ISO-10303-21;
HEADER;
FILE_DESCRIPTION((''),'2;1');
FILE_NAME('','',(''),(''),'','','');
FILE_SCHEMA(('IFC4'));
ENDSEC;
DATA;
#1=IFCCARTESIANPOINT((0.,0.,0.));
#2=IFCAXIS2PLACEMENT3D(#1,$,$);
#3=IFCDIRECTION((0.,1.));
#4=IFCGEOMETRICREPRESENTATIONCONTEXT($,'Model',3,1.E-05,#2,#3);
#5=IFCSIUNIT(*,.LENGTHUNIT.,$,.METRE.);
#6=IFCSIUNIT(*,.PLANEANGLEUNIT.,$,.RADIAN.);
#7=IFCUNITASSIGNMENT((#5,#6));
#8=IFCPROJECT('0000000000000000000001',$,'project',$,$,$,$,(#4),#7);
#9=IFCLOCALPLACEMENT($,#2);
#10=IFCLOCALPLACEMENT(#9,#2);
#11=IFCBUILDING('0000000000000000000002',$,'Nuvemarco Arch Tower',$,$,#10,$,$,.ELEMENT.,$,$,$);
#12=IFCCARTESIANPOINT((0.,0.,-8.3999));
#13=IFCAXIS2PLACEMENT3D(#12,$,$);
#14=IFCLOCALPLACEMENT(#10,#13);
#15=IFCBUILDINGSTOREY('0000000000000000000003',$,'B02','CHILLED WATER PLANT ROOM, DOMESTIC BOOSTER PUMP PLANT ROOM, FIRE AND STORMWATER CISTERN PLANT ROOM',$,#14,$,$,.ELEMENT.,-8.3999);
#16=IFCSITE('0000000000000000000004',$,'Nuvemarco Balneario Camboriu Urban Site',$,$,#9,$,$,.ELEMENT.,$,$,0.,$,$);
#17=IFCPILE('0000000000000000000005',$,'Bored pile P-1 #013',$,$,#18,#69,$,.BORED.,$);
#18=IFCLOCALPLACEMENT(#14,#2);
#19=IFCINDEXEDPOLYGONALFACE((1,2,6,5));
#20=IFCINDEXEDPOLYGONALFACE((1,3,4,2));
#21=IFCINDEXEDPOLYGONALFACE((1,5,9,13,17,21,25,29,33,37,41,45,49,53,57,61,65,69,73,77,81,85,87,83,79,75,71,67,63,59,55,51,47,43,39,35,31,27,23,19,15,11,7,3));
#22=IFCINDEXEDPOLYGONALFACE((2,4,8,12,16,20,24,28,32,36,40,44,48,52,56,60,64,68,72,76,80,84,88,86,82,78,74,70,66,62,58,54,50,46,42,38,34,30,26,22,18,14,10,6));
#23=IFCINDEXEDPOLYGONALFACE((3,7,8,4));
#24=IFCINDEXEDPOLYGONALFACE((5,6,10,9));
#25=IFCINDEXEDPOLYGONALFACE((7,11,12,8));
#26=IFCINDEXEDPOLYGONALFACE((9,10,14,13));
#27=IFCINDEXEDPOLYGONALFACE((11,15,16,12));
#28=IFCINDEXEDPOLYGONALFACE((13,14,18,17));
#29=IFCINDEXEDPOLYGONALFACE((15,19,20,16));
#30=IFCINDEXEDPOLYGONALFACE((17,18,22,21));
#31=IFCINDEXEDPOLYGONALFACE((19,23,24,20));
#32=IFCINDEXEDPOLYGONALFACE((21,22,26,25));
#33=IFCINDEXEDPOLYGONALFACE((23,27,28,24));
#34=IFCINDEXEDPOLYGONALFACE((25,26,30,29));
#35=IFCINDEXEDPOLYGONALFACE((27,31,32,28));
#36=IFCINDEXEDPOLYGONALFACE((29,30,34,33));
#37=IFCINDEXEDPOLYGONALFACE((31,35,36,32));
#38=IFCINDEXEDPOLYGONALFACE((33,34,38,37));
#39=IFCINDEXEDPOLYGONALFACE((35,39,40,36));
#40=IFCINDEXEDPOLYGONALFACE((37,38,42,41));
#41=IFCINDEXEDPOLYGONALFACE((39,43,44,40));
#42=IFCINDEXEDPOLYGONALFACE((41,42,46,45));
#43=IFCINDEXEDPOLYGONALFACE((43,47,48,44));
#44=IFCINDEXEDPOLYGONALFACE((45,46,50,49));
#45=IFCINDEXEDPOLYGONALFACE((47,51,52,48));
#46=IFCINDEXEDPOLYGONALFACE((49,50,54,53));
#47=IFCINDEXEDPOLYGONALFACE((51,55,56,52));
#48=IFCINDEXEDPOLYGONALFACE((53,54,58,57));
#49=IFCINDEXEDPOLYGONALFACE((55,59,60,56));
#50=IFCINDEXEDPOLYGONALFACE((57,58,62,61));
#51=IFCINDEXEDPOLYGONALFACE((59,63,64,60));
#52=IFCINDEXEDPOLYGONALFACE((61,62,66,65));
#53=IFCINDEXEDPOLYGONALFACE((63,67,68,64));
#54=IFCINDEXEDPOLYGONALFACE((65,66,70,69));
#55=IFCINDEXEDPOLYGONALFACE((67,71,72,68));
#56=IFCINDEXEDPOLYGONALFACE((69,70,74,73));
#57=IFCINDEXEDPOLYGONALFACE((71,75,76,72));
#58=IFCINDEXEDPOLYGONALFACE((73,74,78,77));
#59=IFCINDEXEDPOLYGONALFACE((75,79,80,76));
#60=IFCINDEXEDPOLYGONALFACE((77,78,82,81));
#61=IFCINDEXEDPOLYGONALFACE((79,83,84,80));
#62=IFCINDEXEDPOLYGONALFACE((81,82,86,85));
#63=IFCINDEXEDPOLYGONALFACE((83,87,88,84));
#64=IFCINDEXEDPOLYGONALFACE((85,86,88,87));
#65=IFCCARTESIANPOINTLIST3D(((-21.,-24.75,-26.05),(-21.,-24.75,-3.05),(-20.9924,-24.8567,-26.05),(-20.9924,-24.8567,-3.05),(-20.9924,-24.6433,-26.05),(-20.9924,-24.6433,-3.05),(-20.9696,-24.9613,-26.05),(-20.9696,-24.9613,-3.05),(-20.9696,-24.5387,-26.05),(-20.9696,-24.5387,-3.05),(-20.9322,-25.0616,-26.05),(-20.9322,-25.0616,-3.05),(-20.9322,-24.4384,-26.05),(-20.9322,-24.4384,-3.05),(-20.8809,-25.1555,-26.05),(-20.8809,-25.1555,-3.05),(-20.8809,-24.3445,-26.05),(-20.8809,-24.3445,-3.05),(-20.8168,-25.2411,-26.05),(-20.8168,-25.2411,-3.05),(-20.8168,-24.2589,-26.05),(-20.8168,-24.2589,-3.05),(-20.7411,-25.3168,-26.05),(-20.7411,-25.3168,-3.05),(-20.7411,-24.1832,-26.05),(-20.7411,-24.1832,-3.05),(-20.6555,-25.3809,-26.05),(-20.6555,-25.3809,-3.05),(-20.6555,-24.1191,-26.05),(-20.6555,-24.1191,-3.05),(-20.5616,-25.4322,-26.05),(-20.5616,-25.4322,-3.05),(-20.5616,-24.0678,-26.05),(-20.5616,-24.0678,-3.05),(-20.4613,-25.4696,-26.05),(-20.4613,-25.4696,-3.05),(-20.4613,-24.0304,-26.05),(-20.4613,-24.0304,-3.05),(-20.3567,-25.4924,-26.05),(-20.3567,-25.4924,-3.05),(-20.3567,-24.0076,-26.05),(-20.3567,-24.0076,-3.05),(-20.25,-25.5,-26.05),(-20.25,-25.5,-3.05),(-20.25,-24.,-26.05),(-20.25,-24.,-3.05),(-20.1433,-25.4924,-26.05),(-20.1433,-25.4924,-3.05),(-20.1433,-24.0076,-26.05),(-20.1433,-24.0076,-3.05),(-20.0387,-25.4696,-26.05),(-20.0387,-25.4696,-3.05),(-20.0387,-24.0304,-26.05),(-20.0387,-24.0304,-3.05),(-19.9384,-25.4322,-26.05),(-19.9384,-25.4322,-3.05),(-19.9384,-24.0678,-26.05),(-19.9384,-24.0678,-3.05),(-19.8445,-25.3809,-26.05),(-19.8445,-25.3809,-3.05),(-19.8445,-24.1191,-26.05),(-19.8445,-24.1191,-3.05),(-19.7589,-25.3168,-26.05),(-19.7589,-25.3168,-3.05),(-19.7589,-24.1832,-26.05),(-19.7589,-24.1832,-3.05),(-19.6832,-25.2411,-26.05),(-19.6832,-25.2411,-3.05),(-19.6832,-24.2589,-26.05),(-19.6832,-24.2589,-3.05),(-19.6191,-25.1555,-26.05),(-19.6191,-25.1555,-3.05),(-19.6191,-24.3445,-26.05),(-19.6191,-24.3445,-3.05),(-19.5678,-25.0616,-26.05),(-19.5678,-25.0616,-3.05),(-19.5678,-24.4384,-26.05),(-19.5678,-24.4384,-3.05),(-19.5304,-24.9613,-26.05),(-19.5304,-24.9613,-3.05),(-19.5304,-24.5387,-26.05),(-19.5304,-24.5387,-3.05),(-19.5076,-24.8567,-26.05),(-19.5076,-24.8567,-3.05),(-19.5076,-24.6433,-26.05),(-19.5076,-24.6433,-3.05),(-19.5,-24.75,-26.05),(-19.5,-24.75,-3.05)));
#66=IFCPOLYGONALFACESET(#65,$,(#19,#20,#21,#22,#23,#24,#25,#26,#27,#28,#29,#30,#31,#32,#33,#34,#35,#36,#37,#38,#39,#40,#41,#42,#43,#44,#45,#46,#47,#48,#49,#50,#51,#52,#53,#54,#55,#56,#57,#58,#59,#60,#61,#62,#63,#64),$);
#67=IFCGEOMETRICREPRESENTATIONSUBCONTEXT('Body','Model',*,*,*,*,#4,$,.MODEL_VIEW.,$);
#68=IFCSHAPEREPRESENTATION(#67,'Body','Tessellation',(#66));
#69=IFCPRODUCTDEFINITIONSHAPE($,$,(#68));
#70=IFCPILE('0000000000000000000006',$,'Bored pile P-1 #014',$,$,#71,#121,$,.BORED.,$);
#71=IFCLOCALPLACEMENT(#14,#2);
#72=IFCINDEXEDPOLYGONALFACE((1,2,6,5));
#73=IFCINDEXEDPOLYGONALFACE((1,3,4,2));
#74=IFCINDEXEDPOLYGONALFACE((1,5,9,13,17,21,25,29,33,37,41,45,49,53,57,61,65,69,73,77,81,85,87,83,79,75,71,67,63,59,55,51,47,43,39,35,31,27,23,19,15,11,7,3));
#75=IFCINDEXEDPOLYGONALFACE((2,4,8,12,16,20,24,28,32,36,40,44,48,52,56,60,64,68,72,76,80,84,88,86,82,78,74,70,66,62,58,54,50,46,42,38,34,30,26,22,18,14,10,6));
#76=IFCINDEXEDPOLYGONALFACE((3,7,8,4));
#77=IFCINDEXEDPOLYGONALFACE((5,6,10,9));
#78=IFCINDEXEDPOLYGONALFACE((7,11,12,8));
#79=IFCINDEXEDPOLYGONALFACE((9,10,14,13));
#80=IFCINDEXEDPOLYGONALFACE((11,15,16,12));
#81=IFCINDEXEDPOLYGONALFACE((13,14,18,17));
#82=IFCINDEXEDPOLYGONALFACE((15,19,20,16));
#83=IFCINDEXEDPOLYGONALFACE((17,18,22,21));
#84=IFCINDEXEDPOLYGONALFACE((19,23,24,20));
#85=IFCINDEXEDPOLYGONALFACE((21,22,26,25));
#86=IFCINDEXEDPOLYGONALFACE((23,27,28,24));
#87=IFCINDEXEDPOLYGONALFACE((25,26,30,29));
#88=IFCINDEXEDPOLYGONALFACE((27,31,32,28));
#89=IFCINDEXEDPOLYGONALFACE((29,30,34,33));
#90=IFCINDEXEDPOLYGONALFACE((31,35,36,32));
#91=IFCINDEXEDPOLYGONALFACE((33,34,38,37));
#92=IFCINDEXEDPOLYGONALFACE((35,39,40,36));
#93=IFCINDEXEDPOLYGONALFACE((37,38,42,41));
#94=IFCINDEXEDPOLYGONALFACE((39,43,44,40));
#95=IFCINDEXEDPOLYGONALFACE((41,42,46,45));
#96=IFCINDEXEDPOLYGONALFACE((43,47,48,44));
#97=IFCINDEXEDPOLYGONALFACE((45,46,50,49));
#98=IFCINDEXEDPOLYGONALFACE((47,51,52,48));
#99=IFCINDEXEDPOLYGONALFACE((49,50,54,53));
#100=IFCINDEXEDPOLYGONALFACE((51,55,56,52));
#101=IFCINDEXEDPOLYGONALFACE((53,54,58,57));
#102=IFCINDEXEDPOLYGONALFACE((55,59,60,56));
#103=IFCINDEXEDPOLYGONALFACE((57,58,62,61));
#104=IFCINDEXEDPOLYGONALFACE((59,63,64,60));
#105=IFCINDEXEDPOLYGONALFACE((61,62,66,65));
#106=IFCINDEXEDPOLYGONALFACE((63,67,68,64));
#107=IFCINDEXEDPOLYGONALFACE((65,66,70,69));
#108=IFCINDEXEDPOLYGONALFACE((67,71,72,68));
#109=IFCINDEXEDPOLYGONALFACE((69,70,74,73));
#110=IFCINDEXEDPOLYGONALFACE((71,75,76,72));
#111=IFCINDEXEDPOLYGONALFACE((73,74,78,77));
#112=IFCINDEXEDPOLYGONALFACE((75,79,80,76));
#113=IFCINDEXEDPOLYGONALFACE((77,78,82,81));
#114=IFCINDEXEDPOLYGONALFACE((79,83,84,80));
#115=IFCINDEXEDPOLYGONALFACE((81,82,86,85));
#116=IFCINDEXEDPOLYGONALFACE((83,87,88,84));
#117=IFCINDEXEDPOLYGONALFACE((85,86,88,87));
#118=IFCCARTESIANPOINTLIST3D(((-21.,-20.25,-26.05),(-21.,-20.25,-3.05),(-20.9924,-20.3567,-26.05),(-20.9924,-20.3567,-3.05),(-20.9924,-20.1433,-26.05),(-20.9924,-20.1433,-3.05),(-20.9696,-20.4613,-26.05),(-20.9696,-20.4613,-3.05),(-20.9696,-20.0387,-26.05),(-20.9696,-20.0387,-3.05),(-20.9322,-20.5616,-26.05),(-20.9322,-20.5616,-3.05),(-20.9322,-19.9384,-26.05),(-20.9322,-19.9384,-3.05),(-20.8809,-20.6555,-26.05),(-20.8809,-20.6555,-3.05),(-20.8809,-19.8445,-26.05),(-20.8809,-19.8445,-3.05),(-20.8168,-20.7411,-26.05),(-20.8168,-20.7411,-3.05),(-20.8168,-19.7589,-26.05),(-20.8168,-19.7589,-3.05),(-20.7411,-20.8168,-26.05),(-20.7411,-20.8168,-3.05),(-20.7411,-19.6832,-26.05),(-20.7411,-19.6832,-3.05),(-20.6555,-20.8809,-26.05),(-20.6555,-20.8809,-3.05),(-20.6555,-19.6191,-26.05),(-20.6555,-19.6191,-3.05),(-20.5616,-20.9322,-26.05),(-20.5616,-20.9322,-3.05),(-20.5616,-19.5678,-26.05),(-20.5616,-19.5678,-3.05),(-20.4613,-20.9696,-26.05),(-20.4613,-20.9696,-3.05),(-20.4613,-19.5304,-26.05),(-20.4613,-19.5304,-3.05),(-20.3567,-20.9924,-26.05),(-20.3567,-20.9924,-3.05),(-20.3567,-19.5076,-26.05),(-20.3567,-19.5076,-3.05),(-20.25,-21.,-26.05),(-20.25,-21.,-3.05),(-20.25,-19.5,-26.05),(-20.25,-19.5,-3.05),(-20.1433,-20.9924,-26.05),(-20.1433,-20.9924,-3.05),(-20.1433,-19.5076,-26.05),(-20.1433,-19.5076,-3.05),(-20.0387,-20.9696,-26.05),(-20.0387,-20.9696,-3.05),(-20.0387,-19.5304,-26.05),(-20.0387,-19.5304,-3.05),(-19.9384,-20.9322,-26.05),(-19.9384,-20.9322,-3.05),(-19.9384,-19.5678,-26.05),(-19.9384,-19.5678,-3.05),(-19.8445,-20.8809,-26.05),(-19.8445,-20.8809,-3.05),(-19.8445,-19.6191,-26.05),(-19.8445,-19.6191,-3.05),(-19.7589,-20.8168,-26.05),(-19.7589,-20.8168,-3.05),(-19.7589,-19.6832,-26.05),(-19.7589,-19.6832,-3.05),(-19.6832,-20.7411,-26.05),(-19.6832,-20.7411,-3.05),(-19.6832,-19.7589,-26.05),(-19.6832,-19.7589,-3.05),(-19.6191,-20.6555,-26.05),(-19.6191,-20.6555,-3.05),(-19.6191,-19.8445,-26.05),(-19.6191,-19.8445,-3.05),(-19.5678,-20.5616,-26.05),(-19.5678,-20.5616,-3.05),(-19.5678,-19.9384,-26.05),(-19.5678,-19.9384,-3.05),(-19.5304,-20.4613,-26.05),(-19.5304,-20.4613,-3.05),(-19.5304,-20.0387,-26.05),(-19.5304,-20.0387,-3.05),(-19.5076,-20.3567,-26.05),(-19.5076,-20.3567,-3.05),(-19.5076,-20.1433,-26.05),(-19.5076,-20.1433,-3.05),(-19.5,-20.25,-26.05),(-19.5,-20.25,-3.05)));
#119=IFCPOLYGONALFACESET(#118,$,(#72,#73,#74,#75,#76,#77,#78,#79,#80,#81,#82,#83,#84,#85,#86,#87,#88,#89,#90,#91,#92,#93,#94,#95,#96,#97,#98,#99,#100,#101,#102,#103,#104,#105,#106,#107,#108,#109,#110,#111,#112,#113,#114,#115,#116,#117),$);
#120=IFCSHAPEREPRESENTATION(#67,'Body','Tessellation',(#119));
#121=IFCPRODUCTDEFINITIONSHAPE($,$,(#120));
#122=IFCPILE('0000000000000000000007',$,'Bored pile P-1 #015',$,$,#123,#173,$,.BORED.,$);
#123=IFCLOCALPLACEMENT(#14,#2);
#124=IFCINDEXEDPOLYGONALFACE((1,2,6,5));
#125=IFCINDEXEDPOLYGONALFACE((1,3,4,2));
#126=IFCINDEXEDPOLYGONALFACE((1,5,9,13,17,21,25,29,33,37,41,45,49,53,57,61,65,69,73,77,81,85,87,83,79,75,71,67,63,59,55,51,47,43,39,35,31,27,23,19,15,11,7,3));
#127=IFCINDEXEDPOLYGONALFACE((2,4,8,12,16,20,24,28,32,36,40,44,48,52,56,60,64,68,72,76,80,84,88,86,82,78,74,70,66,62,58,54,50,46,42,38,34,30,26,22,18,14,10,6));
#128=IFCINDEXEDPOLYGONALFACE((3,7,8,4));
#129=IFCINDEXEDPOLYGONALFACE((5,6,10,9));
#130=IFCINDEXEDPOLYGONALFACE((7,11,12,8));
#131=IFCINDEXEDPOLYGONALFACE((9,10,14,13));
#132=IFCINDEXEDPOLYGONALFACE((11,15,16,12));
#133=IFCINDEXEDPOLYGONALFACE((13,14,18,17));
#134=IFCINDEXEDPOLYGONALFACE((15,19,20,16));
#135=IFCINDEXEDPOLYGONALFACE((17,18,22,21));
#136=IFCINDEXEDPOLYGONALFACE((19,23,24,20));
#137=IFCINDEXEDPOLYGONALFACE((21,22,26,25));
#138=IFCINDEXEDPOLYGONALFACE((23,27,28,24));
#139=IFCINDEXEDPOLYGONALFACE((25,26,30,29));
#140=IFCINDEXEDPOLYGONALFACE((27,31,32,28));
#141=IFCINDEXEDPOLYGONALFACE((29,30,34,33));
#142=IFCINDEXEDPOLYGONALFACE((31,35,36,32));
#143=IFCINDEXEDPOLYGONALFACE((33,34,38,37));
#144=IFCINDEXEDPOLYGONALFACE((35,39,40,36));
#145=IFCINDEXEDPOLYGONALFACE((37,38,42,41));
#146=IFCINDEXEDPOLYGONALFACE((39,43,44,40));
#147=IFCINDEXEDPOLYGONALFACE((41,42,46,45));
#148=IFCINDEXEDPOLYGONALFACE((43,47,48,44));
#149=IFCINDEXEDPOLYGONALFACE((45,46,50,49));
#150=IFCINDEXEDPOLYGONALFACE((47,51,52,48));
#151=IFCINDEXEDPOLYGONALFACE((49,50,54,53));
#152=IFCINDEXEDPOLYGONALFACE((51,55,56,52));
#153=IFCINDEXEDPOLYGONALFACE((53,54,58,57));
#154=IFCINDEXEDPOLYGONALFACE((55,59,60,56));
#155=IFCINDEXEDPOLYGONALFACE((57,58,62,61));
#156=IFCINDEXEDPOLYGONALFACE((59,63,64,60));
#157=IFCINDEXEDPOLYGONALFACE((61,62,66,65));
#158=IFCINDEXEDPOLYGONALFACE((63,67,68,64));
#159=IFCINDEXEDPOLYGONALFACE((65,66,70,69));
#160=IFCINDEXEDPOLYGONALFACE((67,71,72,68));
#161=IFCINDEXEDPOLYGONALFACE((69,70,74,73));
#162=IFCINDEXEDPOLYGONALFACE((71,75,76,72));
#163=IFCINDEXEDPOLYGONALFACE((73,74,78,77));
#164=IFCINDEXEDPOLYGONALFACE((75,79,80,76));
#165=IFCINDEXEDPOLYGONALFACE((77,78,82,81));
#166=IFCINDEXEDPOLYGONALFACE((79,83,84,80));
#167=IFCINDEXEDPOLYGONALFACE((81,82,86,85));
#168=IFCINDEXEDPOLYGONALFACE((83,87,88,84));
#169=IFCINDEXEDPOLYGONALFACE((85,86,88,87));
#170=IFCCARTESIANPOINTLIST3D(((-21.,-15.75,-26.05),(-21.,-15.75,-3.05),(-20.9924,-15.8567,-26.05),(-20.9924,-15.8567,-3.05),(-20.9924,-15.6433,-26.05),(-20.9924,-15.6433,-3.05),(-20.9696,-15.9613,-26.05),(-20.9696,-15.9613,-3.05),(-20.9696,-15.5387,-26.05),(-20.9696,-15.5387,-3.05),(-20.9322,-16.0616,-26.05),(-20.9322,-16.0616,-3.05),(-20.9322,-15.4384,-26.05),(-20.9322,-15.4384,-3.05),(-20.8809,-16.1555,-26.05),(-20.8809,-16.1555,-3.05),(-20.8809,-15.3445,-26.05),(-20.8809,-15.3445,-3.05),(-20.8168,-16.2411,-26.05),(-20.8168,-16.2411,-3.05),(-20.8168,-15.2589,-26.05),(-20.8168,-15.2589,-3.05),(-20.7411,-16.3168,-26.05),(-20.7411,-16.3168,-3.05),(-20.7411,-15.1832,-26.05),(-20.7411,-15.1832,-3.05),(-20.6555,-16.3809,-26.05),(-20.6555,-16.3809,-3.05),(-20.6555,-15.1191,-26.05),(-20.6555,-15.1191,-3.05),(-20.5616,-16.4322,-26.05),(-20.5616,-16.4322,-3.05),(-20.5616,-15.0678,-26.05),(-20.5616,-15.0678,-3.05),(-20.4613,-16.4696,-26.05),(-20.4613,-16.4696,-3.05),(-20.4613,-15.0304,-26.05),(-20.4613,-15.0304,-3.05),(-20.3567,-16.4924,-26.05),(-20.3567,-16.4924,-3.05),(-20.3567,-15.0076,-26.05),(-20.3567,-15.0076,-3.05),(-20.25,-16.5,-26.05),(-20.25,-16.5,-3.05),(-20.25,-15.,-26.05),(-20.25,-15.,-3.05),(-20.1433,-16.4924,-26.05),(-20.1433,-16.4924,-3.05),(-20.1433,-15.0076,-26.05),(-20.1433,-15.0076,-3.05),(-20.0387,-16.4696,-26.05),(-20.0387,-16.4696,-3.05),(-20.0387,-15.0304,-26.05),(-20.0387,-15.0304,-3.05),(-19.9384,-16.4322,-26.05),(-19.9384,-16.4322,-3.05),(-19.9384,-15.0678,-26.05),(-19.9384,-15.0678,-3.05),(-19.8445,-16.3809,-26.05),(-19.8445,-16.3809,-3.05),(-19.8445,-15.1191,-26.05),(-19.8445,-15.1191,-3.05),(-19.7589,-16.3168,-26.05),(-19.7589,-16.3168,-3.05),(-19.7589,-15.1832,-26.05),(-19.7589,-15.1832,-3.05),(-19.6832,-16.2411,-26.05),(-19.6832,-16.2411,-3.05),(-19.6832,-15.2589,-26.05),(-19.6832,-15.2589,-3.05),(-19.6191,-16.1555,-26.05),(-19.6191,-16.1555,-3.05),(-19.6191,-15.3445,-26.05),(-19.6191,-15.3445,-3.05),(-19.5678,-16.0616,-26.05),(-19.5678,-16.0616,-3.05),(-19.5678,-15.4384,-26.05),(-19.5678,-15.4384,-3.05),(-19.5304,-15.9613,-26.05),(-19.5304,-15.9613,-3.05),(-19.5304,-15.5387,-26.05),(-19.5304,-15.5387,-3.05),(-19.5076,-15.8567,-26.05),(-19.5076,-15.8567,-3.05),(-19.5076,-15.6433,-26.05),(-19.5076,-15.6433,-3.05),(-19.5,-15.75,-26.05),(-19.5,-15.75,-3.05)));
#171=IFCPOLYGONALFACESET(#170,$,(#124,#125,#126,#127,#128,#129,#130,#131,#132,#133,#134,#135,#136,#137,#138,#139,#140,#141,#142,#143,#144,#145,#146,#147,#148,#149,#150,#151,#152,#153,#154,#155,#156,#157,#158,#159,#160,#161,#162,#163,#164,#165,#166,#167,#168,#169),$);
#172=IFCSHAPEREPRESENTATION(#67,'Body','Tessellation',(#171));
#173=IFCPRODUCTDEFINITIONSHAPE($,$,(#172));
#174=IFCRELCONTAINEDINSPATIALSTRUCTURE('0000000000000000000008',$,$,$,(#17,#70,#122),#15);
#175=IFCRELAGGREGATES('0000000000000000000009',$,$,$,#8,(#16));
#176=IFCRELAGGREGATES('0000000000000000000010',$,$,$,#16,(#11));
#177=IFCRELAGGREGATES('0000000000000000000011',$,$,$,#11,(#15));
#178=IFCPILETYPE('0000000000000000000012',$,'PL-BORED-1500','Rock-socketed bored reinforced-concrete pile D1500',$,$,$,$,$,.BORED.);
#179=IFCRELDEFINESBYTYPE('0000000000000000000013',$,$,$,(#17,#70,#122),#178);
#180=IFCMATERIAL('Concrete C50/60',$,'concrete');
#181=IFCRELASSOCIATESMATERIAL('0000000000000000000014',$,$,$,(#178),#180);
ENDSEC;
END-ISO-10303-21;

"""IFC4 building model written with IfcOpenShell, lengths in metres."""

from ifc_helpers import new_model, si_unit, direction, frame, origin, origin_2d, place, context, subcontext, project, spatial, circle, extrude, material, material_profile, profile_set, type_object, element, save


model = new_model("IFC4")

# Units and contexts
model_context = context("Model", 3, precision=1e-05, world=origin(), true_north=direction((0.0, 1.0)))
body_context = subcontext(model_context, "Body", "Model", "MODEL_VIEW")
ifc_project = project(units=[si_unit("LENGTHUNIT", "METRE"), si_unit("PLANEANGLEUNIT", "RADIAN")], contexts=[model_context])

# Site, building, storey
site_placement = place(None, origin())
site = spatial("IfcSite", under=ifc_project, at=site_placement, Name="Nuvemarco Balneario Camboriu Urban Site", CompositionType="ELEMENT", RefElevation=0.0)
building_placement = place(site_placement, origin())
building = spatial("IfcBuilding", under=site, at=building_placement, Name="Nuvemarco Arch Tower", CompositionType="ELEMENT")
storey_placement = place(building_placement, frame((0.0, 0.0, -8.3999)))
storey = spatial("IfcBuildingStorey", under=building, at=storey_placement, Name="B02", Description="CHILLED WATER PLANT ROOM, DOMESTIC BOOSTER PUMP PLANT ROOM, FIRE AND STORMWATER CISTERN PLANT ROOM", CompositionType="ELEMENT", Elevation=-8.3999)

# Piles
ifc_material_1 = material(Name="Concrete C50/60", Category="concrete")
ifc_material_profile_1 = material_profile(ifc_material_1, circle(Radius=0.75, at=origin_2d()), Name="PILE-D1500")
ifc_profile_set_1 = profile_set([ifc_material_profile_1], Name="Concrete C50/60")
pile_type = type_object("IfcPileType", Name="PL-BORED-1500", Description="Rock-socketed bored reinforced-concrete pile D1500", PredefinedType="BORED", material=ifc_profile_set_1)
for number, where, z_axis, x_axis, name in (
    (1, (-20.25, -24.75, -3.05), (0.0, 0.0, -1.0), (1.0, 0.0, 0.0), "Bored pile P-1 #013"),
    (2, (-20.25, -20.25, -3.05), (0.0, 0.0, -1.0), (1.0, 0.0, 0.0), "Bored pile P-1 #014"),
    (3, (-20.25, -15.75, -3.05), (0.0, 0.0, -1.0), (1.0, 0.0, 0.0), "Bored pile P-1 #015"),
):
    element("IfcPile", number, at=place(storey_placement, frame(where, z_axis=z_axis, x_axis=x_axis)), inside=storey, type_object=pile_type, Name=name, PredefinedType="BORED", context=body_context, shape_type="SweptSolid", body=[
        extrude(circle(Radius=0.75, at=origin_2d()), origin(), (0.0, 0.0, 1.0), 23.0),
    ])

save(model, "model.ifc")
